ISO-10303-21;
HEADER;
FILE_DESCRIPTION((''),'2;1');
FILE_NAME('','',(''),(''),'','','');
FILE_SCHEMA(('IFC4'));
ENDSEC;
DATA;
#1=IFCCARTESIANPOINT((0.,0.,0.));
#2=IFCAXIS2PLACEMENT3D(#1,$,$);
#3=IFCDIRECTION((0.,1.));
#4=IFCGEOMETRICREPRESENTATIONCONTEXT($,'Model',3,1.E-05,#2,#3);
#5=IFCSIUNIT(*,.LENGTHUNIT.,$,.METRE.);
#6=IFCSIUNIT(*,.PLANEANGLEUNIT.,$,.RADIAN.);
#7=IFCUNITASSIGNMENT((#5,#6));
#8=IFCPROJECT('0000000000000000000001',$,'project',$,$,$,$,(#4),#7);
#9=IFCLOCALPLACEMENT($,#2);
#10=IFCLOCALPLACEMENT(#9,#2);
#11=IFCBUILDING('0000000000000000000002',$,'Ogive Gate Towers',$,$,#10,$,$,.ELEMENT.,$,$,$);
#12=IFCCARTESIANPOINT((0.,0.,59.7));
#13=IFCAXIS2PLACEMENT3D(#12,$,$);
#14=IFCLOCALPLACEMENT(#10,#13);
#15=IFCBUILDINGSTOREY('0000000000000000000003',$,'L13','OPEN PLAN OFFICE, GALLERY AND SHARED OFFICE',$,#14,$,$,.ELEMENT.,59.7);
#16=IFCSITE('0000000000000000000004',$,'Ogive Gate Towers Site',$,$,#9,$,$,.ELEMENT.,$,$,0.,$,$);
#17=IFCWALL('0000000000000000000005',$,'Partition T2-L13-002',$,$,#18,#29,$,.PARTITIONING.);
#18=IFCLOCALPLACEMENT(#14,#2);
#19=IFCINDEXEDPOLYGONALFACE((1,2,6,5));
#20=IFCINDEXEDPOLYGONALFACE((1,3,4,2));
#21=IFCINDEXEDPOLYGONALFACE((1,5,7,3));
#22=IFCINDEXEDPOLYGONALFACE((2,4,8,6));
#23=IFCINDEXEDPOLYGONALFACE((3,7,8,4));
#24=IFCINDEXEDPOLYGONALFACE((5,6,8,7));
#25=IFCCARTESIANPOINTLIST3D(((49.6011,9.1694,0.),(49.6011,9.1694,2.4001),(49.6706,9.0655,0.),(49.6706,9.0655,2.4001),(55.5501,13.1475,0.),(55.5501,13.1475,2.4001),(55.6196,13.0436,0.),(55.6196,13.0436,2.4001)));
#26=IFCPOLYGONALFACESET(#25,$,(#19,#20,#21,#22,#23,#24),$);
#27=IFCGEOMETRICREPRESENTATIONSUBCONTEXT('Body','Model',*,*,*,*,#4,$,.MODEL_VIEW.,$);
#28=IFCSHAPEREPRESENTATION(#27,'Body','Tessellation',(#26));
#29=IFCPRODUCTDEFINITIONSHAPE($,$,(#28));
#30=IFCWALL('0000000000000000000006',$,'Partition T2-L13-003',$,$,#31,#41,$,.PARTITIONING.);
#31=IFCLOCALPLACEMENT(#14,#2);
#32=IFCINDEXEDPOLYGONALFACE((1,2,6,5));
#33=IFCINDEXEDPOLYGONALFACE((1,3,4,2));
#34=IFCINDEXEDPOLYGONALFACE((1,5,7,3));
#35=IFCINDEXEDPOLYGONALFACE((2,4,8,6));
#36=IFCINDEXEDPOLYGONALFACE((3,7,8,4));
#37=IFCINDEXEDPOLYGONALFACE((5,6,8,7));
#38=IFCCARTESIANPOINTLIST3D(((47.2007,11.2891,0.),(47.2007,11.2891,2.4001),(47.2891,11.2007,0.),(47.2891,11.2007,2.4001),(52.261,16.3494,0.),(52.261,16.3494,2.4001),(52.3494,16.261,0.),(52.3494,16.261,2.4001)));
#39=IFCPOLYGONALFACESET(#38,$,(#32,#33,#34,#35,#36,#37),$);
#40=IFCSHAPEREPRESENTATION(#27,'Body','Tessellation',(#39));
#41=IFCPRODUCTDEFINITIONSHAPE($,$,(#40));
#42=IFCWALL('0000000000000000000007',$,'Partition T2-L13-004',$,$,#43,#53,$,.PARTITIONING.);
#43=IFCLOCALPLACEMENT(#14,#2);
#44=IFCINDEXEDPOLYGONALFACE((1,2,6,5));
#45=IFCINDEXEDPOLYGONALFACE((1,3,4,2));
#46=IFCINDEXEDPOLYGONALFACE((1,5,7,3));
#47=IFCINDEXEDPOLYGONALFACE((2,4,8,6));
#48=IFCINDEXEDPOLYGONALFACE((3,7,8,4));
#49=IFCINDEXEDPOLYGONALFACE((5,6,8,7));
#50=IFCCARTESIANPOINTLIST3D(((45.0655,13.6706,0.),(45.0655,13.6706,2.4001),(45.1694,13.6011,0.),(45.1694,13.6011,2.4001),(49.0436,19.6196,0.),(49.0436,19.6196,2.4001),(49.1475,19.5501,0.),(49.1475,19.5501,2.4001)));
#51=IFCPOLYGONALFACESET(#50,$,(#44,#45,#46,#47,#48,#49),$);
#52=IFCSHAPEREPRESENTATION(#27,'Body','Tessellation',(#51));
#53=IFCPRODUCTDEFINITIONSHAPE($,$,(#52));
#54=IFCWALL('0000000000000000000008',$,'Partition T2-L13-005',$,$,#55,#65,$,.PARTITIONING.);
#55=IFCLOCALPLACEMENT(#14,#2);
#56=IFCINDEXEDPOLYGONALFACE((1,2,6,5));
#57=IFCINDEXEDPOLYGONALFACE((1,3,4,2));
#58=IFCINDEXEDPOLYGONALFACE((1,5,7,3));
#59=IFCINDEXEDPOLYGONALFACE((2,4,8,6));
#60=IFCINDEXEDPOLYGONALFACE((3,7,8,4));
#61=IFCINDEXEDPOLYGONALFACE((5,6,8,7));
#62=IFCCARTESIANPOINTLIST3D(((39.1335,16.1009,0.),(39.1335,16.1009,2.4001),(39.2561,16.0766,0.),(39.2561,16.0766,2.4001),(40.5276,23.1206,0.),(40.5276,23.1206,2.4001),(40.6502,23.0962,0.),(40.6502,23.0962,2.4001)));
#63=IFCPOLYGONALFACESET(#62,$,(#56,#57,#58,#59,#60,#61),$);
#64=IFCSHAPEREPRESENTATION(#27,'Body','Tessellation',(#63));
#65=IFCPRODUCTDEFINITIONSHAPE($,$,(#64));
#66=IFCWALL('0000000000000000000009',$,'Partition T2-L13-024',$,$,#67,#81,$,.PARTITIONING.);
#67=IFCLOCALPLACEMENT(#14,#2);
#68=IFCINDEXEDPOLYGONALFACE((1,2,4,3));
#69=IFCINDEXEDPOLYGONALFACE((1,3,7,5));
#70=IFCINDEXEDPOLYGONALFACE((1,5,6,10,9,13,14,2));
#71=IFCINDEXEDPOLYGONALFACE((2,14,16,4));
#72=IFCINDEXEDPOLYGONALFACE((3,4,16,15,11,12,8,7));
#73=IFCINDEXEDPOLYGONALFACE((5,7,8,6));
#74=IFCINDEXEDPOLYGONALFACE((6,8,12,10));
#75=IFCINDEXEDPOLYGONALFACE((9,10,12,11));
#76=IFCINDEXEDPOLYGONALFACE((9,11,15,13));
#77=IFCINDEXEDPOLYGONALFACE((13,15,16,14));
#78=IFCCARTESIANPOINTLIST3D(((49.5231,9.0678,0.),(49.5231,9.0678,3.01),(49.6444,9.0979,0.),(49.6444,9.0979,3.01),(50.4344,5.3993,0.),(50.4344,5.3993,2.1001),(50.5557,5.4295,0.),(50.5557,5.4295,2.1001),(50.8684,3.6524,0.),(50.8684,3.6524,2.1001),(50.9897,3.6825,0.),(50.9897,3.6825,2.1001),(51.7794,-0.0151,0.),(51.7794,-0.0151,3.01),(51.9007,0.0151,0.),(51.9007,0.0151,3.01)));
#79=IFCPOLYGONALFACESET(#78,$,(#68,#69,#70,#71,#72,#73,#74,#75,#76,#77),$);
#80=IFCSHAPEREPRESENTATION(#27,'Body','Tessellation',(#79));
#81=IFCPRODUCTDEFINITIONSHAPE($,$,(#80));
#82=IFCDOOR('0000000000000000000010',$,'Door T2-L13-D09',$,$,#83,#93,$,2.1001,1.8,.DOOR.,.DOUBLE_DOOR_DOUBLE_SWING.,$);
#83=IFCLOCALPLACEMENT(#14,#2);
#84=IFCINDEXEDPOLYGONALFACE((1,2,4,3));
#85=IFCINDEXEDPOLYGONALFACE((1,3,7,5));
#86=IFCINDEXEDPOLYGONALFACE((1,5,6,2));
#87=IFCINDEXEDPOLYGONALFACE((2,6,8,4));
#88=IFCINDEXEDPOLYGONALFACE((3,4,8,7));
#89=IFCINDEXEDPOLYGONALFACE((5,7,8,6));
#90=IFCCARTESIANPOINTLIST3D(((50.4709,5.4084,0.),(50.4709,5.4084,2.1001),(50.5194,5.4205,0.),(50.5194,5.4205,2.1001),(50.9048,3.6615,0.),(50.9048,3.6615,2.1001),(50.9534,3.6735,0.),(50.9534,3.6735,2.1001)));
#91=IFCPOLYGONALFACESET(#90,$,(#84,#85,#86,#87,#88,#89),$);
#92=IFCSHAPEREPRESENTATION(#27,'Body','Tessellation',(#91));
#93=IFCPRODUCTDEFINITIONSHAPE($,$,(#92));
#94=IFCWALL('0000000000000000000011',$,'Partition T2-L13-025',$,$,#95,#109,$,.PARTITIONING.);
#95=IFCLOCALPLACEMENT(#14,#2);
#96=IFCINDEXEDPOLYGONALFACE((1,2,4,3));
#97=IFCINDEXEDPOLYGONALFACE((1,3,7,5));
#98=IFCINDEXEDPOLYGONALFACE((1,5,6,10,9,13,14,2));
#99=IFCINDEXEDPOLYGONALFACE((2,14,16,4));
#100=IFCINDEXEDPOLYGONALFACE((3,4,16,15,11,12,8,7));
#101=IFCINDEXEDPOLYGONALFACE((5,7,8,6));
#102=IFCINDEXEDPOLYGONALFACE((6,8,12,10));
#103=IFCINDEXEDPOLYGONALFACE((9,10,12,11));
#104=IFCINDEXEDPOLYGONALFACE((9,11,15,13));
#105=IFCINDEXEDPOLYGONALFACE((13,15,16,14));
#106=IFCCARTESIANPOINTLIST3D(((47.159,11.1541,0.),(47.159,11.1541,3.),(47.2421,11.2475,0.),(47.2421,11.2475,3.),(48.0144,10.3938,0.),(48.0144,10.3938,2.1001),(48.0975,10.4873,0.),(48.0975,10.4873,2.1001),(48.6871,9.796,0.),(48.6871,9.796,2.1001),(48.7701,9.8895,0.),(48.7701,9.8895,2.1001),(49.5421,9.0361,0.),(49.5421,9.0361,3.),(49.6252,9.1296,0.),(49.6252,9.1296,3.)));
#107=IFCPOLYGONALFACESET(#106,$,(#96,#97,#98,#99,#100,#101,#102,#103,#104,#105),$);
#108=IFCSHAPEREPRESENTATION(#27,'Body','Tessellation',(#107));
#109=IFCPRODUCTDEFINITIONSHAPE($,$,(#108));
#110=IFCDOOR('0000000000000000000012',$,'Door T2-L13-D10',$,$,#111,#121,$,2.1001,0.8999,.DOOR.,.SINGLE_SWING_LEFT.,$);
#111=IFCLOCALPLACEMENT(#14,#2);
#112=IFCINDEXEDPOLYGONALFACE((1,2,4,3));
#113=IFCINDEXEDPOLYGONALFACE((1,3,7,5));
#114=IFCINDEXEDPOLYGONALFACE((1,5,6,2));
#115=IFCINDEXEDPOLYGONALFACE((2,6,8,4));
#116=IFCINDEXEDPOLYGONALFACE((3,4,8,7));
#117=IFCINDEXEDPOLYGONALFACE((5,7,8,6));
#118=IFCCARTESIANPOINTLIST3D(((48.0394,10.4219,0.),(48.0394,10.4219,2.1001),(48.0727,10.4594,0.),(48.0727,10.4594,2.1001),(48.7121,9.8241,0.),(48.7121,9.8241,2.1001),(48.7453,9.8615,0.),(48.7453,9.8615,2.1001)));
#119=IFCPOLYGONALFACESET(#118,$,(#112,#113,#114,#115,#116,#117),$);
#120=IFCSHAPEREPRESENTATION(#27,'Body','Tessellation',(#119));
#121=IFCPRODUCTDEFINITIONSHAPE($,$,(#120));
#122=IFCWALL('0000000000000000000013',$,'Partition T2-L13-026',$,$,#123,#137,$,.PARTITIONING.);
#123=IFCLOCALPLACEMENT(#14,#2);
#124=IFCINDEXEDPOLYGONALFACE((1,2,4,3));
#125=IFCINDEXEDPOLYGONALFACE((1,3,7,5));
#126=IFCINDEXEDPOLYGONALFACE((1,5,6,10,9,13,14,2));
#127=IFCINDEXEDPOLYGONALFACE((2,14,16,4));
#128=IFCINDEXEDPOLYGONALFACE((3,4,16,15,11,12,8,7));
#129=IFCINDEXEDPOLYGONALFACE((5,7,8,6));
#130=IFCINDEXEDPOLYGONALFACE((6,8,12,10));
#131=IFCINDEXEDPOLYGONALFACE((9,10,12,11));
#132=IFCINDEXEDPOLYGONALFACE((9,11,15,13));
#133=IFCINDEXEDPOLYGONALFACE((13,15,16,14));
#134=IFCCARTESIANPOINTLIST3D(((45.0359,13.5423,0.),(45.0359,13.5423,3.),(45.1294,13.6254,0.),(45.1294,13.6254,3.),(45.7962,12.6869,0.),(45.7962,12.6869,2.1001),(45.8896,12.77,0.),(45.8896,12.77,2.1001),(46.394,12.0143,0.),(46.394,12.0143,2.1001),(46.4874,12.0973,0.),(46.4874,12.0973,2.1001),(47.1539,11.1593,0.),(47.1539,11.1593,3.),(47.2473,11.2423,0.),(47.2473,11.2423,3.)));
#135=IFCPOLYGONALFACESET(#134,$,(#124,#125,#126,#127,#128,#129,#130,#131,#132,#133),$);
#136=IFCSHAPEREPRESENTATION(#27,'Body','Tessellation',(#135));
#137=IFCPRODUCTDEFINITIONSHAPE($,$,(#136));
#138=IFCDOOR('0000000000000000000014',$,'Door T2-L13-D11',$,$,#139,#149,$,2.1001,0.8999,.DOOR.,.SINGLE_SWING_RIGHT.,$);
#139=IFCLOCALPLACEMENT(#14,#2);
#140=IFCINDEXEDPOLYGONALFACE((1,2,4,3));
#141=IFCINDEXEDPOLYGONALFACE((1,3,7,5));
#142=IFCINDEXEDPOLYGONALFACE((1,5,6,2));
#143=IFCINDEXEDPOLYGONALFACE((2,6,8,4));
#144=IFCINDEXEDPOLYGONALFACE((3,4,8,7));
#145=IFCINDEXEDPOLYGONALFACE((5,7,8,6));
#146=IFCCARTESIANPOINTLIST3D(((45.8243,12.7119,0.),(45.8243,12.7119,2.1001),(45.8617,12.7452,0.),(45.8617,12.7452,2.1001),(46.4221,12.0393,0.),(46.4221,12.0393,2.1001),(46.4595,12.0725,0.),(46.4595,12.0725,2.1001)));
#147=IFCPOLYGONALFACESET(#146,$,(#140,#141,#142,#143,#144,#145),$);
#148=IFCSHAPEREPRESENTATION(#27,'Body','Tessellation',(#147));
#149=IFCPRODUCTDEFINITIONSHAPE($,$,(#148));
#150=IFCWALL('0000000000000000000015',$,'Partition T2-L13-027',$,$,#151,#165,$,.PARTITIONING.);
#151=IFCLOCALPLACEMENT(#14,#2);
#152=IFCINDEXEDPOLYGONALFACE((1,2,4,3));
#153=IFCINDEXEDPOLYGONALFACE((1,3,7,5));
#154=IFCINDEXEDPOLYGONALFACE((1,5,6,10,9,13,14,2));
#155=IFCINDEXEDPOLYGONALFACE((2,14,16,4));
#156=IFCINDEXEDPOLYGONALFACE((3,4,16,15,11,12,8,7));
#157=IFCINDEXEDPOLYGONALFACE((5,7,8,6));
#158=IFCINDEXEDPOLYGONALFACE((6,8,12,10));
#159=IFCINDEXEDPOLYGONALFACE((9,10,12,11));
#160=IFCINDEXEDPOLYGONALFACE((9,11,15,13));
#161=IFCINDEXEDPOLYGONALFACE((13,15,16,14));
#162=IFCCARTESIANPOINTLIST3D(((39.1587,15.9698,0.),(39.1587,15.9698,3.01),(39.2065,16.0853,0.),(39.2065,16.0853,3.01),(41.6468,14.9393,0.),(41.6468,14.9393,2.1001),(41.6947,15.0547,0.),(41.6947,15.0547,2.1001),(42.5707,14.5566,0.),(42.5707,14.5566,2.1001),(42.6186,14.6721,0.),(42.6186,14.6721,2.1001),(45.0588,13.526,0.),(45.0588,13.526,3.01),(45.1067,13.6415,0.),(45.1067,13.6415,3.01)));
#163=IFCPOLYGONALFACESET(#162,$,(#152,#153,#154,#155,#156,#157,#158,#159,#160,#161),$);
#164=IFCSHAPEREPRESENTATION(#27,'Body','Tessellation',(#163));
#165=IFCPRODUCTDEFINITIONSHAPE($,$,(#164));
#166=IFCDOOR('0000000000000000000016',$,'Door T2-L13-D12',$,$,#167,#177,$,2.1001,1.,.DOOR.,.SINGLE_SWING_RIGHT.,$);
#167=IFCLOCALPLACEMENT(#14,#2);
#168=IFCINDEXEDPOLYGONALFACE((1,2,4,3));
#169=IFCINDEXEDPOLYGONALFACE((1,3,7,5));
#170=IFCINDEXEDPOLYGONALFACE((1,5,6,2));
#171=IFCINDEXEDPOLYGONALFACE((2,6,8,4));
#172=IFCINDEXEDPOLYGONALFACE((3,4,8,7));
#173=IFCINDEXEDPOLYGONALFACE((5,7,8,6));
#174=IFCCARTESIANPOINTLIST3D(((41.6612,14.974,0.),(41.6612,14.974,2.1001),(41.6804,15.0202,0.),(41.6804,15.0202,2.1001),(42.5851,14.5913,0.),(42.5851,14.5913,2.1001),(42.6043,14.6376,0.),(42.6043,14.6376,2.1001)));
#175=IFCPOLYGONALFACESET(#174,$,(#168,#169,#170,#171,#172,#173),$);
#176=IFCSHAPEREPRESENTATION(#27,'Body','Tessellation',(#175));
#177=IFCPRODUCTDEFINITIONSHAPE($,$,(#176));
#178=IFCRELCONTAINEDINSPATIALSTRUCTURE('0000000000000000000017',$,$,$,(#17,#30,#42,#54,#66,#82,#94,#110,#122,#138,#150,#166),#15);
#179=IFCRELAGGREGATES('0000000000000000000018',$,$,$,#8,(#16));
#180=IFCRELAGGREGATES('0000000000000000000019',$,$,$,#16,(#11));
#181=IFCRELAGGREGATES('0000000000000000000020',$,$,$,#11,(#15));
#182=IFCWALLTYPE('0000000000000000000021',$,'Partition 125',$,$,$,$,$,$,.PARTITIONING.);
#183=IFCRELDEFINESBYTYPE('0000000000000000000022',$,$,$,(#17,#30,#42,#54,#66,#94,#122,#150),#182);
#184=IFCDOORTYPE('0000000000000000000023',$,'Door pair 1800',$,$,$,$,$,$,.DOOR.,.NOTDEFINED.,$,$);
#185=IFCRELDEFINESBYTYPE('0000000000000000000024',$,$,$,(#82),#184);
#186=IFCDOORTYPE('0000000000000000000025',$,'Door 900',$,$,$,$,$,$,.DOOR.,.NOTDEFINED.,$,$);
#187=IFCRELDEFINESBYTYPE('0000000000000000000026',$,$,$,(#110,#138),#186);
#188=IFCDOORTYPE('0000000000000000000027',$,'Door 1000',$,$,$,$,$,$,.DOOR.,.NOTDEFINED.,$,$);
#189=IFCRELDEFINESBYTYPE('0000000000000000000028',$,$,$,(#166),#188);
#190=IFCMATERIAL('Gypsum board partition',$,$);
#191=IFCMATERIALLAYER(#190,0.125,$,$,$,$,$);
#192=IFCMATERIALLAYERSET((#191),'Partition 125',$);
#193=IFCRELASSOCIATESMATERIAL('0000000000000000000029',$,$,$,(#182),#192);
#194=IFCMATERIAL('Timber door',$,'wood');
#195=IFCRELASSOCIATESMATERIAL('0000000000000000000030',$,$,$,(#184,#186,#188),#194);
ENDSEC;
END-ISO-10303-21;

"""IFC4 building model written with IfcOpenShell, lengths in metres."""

from ifc_helpers import new_model, si_unit, direction, frame, frame_2d, origin, place, context, subcontext, project, spatial, rectangle, extrude, material, layer, layer_set, type_object, element, fill, save


model = new_model("IFC4")

# Units and contexts
model_context = context("Model", 3, precision=1e-05, world=origin(), true_north=direction((0.0, 1.0)))
body_context = subcontext(model_context, "Body", "Model", "MODEL_VIEW")
ifc_project = project(units=[si_unit("LENGTHUNIT", "METRE"), si_unit("PLANEANGLEUNIT", "RADIAN")], contexts=[model_context])

# Site, building, storey
site_placement = place(None, origin())
site = spatial("IfcSite", under=ifc_project, at=site_placement, Name="Ogive Gate Towers Site", CompositionType="ELEMENT", RefElevation=0.0)
building_placement = place(site_placement, origin())
building = spatial("IfcBuilding", under=site, at=building_placement, Name="Ogive Gate Towers", CompositionType="ELEMENT")
storey_placement = place(building_placement, frame((0.0, 0.0, 59.7)))
storey = spatial("IfcBuildingStorey", under=building, at=storey_placement, Name="L13", Description="OPEN PLAN OFFICE, GALLERY AND SHARED OFFICE", CompositionType="ELEMENT", Elevation=59.7)

# Walls
ifc_material_1 = material(Name="Gypsum board partition")
ifc_layer_1 = layer(ifc_material_1, 0.125)
ifc_layer_set_1 = layer_set([ifc_layer_1], Name="Partition 125")
wall_type_1 = type_object("IfcWallType", Name="Partition 125", PredefinedType="PARTITIONING", material=ifc_layer_set_1)
for number, where, z_axis, x_axis, name in (
    (1, (55.5847, 13.0955, 0.0), (0.0, 0.0, 1.0), (-0.831273, -0.555865, 0.0), "Partition T2-L13-002"),
):
    element("IfcWall", number, at=place(storey_placement, frame(where, z_axis=z_axis, x_axis=x_axis)), inside=storey, type_object=wall_type_1, Name=name, PredefinedType="PARTITIONING", context=body_context, shape_type="SweptSolid", body=[
        extrude(rectangle(XDim=7.1565, YDim=0.125, at=frame_2d((3.5781, 0.0))), origin(), (0.0, 0.0, 1.0), 2.4001),
    ])
wall_1_placement = place(storey_placement, frame((52.3052, 16.3052, 0.0), z_axis=(0.0, 0.0, 1.0), x_axis=(-0.707107, -0.707107, 0.0)))
element("IfcWall", 2, at=wall_1_placement, inside=storey, type_object=wall_type_1, Name="Partition T2-L13-003", PredefinedType="PARTITIONING", context=body_context, shape_type="SweptSolid", body=[
    extrude(rectangle(XDim=7.1562, YDim=0.125, at=frame_2d((3.5781, 0.0))), origin(), (0.0, 0.0, 1.0), 2.4001),
])
wall_2_placement = place(storey_placement, frame((49.0955, 19.5847, 0.0), z_axis=(0.0, 0.0, 1.0), x_axis=(-0.555865, -0.831273, 0.0)))
element("IfcWall", 3, at=wall_2_placement, inside=storey, type_object=wall_type_1, Name="Partition T2-L13-004", PredefinedType="PARTITIONING", context=body_context, shape_type="SweptSolid", body=[
    extrude(rectangle(XDim=7.1565, YDim=0.125, at=frame_2d((3.5781, 0.0))), origin(), (0.0, 0.0, 1.0), 2.4001),
])
wall_3_placement = place(storey_placement, frame((40.5889, 23.1084, 0.0), z_axis=(0.0, 0.0, 1.0), x_axis=(-0.194791, -0.980845, 0.0)))
element("IfcWall", 4, at=wall_3_placement, inside=storey, type_object=wall_type_1, Name="Partition T2-L13-005", PredefinedType="PARTITIONING", context=body_context, shape_type="SweptSolid", body=[
    extrude(rectangle(XDim=7.1567, YDim=0.125, at=frame_2d((3.5784, 0.0))), origin(), (0.0, 0.0, 1.0), 2.4001),
])

# Walls, openings, doors
wall_4_placement = place(storey_placement, frame((51.8401, 0.0, 0.0), z_axis=(0.0, 0.0, 1.0), x_axis=(-0.241093, 0.970502, 0.0)))
wall_4 = element("IfcWall", 5, at=wall_4_placement, inside=storey, type_object=wall_type_1, Name="Partition T2-L13-024", PredefinedType="PARTITIONING", context=body_context, shape_type="SweptSolid", body=[
    extrude(rectangle(XDim=9.3589, YDim=0.125, at=frame_2d((4.6794, 0.0))), origin(), (0.0, 0.0, 1.0), 3.01),
])
opening_1_placement = place(wall_4_placement, frame((3.7791, 0.0, 0.0)))
opening_1 = element("IfcOpeningElement", 6, at=opening_1_placement, cuts=wall_4, PredefinedType="OPENING", context=body_context, shape_type="SweptSolid", body=[
    extrude(rectangle(XDim=1.8, YDim=2.1001, at=frame_2d((0.8999, 1.05))), frame((0.0, 0.0725, 0.0), z_axis=(0.0, -1.0, 0.0), x_axis=(1.0, 0.0, 0.0)), (0.0, 0.0, 1.0), 0.145),
])
ifc_material_2 = material(Name="Timber door", Category="wood")
door_type_1 = type_object("IfcDoorType", Name="Door pair 1800", OperationType="NOTDEFINED", PredefinedType="DOOR", material=ifc_material_2)
door_1_placement = place(opening_1_placement, origin())
door_1 = element("IfcDoor", 7, at=door_1_placement, inside=storey, type_object=door_type_1, Name="Door T2-L13-D09", OperationType="DOUBLE_DOOR_DOUBLE_SWING", OverallHeight=2.1001, OverallWidth=1.8, PredefinedType="DOOR", context=body_context, shape_type="SweptSolid", body=[
    extrude(rectangle(XDim=1.8, YDim=2.1001, at=frame_2d((0.8999, 1.05))), frame((0.0, 0.0249, 0.0), z_axis=(0.0, -1.0, 0.0), x_axis=(1.0, 0.0, 0.0)), (0.0, 0.0, 1.0), 0.05),
])
fill(opening_1, door_1)
wall_5_placement = place(storey_placement, frame((49.5837, 9.0828, 0.0), z_axis=(0.0, 0.0, 1.0), x_axis=(-0.747464, 0.664302, 0.0)))
wall_5 = element("IfcWall", 8, at=wall_5_placement, inside=storey, type_object=wall_type_1, Name="Partition T2-L13-025", PredefinedType="PARTITIONING", context=body_context, shape_type="SweptSolid", body=[
    extrude(rectangle(XDim=3.1882, YDim=0.125, at=frame_2d((1.5942, 0.0))), origin(), (0.0, 0.0, 1.0), 3.0),
])
opening_2_placement = place(wall_5_placement, frame((1.144, 0.0, 0.0)))
opening_2 = element("IfcOpeningElement", 9, at=opening_2_placement, cuts=wall_5, PredefinedType="OPENING", context=body_context, shape_type="SweptSolid", body=[
    extrude(rectangle(XDim=0.8999, YDim=2.1001, at=frame_2d((0.45, 1.05))), frame((0.0, 0.0725, 0.0), z_axis=(0.0, -1.0, 0.0), x_axis=(1.0, 0.0, 0.0)), (0.0, 0.0, 1.0), 0.145),
])
door_type_2 = type_object("IfcDoorType", Name="Door 900", OperationType="NOTDEFINED", PredefinedType="DOOR", material=ifc_material_2)
door_2_placement = place(opening_2_placement, origin())
door_2 = element("IfcDoor", 10, at=door_2_placement, inside=storey, type_object=door_type_2, Name="Door T2-L13-D10", OperationType="SINGLE_SWING_LEFT", OverallHeight=2.1001, OverallWidth=0.8999, PredefinedType="DOOR", context=body_context, shape_type="SweptSolid", body=[
    extrude(rectangle(XDim=0.8999, YDim=2.1001, at=frame_2d((0.45, 1.05))), frame((0.0, 0.0249, 0.0), z_axis=(0.0, -1.0, 0.0), x_axis=(1.0, 0.0, 0.0)), (0.0, 0.0, 1.0), 0.05),
])
fill(opening_2, door_2)
wall_6_placement = place(storey_placement, frame((47.2007, 11.2007, 0.0), z_axis=(0.0, 0.0, 1.0), x_axis=(-0.664302, 0.747464, 0.0)))
wall_6 = element("IfcWall", 11, at=wall_6_placement, inside=storey, type_object=wall_type_1, Name="Partition T2-L13-026", PredefinedType="PARTITIONING", context=body_context, shape_type="SweptSolid", body=[
    extrude(rectangle(XDim=3.1882, YDim=0.125, at=frame_2d((1.5942, 0.0))), origin(), (0.0, 0.0, 1.0), 3.0),
])
opening_3_placement = place(wall_6_placement, frame((1.144, 0.0, 0.0)))
opening_3 = element("IfcOpeningElement", 12, at=opening_3_placement, cuts=wall_6, PredefinedType="OPENING", context=body_context, shape_type="SweptSolid", body=[
    extrude(rectangle(XDim=0.8999, YDim=2.1001, at=frame_2d((0.45, 1.05))), frame((0.0, 0.0725, 0.0), z_axis=(0.0, -1.0, 0.0), x_axis=(1.0, 0.0, 0.0)), (0.0, 0.0, 1.0), 0.145),
])
door_3_placement = place(opening_3_placement, origin())
door_3 = element("IfcDoor", 13, at=door_3_placement, inside=storey, type_object=door_type_2, Name="Door T2-L13-D11", OperationType="SINGLE_SWING_RIGHT", OverallHeight=2.1001, OverallWidth=0.8999, PredefinedType="DOOR", context=body_context, shape_type="SweptSolid", body=[
    extrude(rectangle(XDim=0.8999, YDim=2.1001, at=frame_2d((0.45, 1.05))), frame((0.0, 0.0249, 0.0), z_axis=(0.0, -1.0, 0.0), x_axis=(1.0, 0.0, 0.0)), (0.0, 0.0, 1.0), 0.05),
])
fill(opening_3, door_3)
wall_7_placement = place(storey_placement, frame((45.0828, 13.5837, 0.0), z_axis=(0.0, 0.0, 1.0), x_axis=(-0.923884, 0.382674, 0.0)))
wall_7 = element("IfcWall", 14, at=wall_7_placement, inside=storey, type_object=wall_type_1, Name="Partition T2-L13-027", PredefinedType="PARTITIONING", context=body_context, shape_type="SweptSolid", body=[
    extrude(rectangle(XDim=6.3862, YDim=0.125, at=frame_2d((3.1931, 0.0))), origin(), (0.0, 0.0, 1.0), 3.01),
])
opening_4_placement = place(wall_7_placement, frame((2.6931, 0.0, 0.0)))
opening_4 = element("IfcOpeningElement", 15, at=opening_4_placement, cuts=wall_7, PredefinedType="OPENING", context=body_context, shape_type="SweptSolid", body=[
    extrude(rectangle(XDim=1.0, YDim=2.1001, at=frame_2d((0.5, 1.05))), frame((0.0, 0.0725, 0.0), z_axis=(0.0, -1.0, 0.0), x_axis=(1.0, 0.0, 0.0)), (0.0, 0.0, 1.0), 0.145),
])
door_type_3 = type_object("IfcDoorType", Name="Door 1000", OperationType="NOTDEFINED", PredefinedType="DOOR", material=ifc_material_2)
door_4_placement = place(opening_4_placement, origin())
door_4 = element("IfcDoor", 16, at=door_4_placement, inside=storey, type_object=door_type_3, Name="Door T2-L13-D12", OperationType="SINGLE_SWING_RIGHT", OverallHeight=2.1001, OverallWidth=1.0, PredefinedType="DOOR", context=body_context, shape_type="SweptSolid", body=[
    extrude(rectangle(XDim=1.0, YDim=2.1001, at=frame_2d((0.5, 1.05))), frame((0.0, 0.0249, 0.0), z_axis=(0.0, -1.0, 0.0), x_axis=(1.0, 0.0, 0.0)), (0.0, 0.0, 1.0), 0.05),
])
fill(opening_4, door_4)

save(model, "model.ifc")
